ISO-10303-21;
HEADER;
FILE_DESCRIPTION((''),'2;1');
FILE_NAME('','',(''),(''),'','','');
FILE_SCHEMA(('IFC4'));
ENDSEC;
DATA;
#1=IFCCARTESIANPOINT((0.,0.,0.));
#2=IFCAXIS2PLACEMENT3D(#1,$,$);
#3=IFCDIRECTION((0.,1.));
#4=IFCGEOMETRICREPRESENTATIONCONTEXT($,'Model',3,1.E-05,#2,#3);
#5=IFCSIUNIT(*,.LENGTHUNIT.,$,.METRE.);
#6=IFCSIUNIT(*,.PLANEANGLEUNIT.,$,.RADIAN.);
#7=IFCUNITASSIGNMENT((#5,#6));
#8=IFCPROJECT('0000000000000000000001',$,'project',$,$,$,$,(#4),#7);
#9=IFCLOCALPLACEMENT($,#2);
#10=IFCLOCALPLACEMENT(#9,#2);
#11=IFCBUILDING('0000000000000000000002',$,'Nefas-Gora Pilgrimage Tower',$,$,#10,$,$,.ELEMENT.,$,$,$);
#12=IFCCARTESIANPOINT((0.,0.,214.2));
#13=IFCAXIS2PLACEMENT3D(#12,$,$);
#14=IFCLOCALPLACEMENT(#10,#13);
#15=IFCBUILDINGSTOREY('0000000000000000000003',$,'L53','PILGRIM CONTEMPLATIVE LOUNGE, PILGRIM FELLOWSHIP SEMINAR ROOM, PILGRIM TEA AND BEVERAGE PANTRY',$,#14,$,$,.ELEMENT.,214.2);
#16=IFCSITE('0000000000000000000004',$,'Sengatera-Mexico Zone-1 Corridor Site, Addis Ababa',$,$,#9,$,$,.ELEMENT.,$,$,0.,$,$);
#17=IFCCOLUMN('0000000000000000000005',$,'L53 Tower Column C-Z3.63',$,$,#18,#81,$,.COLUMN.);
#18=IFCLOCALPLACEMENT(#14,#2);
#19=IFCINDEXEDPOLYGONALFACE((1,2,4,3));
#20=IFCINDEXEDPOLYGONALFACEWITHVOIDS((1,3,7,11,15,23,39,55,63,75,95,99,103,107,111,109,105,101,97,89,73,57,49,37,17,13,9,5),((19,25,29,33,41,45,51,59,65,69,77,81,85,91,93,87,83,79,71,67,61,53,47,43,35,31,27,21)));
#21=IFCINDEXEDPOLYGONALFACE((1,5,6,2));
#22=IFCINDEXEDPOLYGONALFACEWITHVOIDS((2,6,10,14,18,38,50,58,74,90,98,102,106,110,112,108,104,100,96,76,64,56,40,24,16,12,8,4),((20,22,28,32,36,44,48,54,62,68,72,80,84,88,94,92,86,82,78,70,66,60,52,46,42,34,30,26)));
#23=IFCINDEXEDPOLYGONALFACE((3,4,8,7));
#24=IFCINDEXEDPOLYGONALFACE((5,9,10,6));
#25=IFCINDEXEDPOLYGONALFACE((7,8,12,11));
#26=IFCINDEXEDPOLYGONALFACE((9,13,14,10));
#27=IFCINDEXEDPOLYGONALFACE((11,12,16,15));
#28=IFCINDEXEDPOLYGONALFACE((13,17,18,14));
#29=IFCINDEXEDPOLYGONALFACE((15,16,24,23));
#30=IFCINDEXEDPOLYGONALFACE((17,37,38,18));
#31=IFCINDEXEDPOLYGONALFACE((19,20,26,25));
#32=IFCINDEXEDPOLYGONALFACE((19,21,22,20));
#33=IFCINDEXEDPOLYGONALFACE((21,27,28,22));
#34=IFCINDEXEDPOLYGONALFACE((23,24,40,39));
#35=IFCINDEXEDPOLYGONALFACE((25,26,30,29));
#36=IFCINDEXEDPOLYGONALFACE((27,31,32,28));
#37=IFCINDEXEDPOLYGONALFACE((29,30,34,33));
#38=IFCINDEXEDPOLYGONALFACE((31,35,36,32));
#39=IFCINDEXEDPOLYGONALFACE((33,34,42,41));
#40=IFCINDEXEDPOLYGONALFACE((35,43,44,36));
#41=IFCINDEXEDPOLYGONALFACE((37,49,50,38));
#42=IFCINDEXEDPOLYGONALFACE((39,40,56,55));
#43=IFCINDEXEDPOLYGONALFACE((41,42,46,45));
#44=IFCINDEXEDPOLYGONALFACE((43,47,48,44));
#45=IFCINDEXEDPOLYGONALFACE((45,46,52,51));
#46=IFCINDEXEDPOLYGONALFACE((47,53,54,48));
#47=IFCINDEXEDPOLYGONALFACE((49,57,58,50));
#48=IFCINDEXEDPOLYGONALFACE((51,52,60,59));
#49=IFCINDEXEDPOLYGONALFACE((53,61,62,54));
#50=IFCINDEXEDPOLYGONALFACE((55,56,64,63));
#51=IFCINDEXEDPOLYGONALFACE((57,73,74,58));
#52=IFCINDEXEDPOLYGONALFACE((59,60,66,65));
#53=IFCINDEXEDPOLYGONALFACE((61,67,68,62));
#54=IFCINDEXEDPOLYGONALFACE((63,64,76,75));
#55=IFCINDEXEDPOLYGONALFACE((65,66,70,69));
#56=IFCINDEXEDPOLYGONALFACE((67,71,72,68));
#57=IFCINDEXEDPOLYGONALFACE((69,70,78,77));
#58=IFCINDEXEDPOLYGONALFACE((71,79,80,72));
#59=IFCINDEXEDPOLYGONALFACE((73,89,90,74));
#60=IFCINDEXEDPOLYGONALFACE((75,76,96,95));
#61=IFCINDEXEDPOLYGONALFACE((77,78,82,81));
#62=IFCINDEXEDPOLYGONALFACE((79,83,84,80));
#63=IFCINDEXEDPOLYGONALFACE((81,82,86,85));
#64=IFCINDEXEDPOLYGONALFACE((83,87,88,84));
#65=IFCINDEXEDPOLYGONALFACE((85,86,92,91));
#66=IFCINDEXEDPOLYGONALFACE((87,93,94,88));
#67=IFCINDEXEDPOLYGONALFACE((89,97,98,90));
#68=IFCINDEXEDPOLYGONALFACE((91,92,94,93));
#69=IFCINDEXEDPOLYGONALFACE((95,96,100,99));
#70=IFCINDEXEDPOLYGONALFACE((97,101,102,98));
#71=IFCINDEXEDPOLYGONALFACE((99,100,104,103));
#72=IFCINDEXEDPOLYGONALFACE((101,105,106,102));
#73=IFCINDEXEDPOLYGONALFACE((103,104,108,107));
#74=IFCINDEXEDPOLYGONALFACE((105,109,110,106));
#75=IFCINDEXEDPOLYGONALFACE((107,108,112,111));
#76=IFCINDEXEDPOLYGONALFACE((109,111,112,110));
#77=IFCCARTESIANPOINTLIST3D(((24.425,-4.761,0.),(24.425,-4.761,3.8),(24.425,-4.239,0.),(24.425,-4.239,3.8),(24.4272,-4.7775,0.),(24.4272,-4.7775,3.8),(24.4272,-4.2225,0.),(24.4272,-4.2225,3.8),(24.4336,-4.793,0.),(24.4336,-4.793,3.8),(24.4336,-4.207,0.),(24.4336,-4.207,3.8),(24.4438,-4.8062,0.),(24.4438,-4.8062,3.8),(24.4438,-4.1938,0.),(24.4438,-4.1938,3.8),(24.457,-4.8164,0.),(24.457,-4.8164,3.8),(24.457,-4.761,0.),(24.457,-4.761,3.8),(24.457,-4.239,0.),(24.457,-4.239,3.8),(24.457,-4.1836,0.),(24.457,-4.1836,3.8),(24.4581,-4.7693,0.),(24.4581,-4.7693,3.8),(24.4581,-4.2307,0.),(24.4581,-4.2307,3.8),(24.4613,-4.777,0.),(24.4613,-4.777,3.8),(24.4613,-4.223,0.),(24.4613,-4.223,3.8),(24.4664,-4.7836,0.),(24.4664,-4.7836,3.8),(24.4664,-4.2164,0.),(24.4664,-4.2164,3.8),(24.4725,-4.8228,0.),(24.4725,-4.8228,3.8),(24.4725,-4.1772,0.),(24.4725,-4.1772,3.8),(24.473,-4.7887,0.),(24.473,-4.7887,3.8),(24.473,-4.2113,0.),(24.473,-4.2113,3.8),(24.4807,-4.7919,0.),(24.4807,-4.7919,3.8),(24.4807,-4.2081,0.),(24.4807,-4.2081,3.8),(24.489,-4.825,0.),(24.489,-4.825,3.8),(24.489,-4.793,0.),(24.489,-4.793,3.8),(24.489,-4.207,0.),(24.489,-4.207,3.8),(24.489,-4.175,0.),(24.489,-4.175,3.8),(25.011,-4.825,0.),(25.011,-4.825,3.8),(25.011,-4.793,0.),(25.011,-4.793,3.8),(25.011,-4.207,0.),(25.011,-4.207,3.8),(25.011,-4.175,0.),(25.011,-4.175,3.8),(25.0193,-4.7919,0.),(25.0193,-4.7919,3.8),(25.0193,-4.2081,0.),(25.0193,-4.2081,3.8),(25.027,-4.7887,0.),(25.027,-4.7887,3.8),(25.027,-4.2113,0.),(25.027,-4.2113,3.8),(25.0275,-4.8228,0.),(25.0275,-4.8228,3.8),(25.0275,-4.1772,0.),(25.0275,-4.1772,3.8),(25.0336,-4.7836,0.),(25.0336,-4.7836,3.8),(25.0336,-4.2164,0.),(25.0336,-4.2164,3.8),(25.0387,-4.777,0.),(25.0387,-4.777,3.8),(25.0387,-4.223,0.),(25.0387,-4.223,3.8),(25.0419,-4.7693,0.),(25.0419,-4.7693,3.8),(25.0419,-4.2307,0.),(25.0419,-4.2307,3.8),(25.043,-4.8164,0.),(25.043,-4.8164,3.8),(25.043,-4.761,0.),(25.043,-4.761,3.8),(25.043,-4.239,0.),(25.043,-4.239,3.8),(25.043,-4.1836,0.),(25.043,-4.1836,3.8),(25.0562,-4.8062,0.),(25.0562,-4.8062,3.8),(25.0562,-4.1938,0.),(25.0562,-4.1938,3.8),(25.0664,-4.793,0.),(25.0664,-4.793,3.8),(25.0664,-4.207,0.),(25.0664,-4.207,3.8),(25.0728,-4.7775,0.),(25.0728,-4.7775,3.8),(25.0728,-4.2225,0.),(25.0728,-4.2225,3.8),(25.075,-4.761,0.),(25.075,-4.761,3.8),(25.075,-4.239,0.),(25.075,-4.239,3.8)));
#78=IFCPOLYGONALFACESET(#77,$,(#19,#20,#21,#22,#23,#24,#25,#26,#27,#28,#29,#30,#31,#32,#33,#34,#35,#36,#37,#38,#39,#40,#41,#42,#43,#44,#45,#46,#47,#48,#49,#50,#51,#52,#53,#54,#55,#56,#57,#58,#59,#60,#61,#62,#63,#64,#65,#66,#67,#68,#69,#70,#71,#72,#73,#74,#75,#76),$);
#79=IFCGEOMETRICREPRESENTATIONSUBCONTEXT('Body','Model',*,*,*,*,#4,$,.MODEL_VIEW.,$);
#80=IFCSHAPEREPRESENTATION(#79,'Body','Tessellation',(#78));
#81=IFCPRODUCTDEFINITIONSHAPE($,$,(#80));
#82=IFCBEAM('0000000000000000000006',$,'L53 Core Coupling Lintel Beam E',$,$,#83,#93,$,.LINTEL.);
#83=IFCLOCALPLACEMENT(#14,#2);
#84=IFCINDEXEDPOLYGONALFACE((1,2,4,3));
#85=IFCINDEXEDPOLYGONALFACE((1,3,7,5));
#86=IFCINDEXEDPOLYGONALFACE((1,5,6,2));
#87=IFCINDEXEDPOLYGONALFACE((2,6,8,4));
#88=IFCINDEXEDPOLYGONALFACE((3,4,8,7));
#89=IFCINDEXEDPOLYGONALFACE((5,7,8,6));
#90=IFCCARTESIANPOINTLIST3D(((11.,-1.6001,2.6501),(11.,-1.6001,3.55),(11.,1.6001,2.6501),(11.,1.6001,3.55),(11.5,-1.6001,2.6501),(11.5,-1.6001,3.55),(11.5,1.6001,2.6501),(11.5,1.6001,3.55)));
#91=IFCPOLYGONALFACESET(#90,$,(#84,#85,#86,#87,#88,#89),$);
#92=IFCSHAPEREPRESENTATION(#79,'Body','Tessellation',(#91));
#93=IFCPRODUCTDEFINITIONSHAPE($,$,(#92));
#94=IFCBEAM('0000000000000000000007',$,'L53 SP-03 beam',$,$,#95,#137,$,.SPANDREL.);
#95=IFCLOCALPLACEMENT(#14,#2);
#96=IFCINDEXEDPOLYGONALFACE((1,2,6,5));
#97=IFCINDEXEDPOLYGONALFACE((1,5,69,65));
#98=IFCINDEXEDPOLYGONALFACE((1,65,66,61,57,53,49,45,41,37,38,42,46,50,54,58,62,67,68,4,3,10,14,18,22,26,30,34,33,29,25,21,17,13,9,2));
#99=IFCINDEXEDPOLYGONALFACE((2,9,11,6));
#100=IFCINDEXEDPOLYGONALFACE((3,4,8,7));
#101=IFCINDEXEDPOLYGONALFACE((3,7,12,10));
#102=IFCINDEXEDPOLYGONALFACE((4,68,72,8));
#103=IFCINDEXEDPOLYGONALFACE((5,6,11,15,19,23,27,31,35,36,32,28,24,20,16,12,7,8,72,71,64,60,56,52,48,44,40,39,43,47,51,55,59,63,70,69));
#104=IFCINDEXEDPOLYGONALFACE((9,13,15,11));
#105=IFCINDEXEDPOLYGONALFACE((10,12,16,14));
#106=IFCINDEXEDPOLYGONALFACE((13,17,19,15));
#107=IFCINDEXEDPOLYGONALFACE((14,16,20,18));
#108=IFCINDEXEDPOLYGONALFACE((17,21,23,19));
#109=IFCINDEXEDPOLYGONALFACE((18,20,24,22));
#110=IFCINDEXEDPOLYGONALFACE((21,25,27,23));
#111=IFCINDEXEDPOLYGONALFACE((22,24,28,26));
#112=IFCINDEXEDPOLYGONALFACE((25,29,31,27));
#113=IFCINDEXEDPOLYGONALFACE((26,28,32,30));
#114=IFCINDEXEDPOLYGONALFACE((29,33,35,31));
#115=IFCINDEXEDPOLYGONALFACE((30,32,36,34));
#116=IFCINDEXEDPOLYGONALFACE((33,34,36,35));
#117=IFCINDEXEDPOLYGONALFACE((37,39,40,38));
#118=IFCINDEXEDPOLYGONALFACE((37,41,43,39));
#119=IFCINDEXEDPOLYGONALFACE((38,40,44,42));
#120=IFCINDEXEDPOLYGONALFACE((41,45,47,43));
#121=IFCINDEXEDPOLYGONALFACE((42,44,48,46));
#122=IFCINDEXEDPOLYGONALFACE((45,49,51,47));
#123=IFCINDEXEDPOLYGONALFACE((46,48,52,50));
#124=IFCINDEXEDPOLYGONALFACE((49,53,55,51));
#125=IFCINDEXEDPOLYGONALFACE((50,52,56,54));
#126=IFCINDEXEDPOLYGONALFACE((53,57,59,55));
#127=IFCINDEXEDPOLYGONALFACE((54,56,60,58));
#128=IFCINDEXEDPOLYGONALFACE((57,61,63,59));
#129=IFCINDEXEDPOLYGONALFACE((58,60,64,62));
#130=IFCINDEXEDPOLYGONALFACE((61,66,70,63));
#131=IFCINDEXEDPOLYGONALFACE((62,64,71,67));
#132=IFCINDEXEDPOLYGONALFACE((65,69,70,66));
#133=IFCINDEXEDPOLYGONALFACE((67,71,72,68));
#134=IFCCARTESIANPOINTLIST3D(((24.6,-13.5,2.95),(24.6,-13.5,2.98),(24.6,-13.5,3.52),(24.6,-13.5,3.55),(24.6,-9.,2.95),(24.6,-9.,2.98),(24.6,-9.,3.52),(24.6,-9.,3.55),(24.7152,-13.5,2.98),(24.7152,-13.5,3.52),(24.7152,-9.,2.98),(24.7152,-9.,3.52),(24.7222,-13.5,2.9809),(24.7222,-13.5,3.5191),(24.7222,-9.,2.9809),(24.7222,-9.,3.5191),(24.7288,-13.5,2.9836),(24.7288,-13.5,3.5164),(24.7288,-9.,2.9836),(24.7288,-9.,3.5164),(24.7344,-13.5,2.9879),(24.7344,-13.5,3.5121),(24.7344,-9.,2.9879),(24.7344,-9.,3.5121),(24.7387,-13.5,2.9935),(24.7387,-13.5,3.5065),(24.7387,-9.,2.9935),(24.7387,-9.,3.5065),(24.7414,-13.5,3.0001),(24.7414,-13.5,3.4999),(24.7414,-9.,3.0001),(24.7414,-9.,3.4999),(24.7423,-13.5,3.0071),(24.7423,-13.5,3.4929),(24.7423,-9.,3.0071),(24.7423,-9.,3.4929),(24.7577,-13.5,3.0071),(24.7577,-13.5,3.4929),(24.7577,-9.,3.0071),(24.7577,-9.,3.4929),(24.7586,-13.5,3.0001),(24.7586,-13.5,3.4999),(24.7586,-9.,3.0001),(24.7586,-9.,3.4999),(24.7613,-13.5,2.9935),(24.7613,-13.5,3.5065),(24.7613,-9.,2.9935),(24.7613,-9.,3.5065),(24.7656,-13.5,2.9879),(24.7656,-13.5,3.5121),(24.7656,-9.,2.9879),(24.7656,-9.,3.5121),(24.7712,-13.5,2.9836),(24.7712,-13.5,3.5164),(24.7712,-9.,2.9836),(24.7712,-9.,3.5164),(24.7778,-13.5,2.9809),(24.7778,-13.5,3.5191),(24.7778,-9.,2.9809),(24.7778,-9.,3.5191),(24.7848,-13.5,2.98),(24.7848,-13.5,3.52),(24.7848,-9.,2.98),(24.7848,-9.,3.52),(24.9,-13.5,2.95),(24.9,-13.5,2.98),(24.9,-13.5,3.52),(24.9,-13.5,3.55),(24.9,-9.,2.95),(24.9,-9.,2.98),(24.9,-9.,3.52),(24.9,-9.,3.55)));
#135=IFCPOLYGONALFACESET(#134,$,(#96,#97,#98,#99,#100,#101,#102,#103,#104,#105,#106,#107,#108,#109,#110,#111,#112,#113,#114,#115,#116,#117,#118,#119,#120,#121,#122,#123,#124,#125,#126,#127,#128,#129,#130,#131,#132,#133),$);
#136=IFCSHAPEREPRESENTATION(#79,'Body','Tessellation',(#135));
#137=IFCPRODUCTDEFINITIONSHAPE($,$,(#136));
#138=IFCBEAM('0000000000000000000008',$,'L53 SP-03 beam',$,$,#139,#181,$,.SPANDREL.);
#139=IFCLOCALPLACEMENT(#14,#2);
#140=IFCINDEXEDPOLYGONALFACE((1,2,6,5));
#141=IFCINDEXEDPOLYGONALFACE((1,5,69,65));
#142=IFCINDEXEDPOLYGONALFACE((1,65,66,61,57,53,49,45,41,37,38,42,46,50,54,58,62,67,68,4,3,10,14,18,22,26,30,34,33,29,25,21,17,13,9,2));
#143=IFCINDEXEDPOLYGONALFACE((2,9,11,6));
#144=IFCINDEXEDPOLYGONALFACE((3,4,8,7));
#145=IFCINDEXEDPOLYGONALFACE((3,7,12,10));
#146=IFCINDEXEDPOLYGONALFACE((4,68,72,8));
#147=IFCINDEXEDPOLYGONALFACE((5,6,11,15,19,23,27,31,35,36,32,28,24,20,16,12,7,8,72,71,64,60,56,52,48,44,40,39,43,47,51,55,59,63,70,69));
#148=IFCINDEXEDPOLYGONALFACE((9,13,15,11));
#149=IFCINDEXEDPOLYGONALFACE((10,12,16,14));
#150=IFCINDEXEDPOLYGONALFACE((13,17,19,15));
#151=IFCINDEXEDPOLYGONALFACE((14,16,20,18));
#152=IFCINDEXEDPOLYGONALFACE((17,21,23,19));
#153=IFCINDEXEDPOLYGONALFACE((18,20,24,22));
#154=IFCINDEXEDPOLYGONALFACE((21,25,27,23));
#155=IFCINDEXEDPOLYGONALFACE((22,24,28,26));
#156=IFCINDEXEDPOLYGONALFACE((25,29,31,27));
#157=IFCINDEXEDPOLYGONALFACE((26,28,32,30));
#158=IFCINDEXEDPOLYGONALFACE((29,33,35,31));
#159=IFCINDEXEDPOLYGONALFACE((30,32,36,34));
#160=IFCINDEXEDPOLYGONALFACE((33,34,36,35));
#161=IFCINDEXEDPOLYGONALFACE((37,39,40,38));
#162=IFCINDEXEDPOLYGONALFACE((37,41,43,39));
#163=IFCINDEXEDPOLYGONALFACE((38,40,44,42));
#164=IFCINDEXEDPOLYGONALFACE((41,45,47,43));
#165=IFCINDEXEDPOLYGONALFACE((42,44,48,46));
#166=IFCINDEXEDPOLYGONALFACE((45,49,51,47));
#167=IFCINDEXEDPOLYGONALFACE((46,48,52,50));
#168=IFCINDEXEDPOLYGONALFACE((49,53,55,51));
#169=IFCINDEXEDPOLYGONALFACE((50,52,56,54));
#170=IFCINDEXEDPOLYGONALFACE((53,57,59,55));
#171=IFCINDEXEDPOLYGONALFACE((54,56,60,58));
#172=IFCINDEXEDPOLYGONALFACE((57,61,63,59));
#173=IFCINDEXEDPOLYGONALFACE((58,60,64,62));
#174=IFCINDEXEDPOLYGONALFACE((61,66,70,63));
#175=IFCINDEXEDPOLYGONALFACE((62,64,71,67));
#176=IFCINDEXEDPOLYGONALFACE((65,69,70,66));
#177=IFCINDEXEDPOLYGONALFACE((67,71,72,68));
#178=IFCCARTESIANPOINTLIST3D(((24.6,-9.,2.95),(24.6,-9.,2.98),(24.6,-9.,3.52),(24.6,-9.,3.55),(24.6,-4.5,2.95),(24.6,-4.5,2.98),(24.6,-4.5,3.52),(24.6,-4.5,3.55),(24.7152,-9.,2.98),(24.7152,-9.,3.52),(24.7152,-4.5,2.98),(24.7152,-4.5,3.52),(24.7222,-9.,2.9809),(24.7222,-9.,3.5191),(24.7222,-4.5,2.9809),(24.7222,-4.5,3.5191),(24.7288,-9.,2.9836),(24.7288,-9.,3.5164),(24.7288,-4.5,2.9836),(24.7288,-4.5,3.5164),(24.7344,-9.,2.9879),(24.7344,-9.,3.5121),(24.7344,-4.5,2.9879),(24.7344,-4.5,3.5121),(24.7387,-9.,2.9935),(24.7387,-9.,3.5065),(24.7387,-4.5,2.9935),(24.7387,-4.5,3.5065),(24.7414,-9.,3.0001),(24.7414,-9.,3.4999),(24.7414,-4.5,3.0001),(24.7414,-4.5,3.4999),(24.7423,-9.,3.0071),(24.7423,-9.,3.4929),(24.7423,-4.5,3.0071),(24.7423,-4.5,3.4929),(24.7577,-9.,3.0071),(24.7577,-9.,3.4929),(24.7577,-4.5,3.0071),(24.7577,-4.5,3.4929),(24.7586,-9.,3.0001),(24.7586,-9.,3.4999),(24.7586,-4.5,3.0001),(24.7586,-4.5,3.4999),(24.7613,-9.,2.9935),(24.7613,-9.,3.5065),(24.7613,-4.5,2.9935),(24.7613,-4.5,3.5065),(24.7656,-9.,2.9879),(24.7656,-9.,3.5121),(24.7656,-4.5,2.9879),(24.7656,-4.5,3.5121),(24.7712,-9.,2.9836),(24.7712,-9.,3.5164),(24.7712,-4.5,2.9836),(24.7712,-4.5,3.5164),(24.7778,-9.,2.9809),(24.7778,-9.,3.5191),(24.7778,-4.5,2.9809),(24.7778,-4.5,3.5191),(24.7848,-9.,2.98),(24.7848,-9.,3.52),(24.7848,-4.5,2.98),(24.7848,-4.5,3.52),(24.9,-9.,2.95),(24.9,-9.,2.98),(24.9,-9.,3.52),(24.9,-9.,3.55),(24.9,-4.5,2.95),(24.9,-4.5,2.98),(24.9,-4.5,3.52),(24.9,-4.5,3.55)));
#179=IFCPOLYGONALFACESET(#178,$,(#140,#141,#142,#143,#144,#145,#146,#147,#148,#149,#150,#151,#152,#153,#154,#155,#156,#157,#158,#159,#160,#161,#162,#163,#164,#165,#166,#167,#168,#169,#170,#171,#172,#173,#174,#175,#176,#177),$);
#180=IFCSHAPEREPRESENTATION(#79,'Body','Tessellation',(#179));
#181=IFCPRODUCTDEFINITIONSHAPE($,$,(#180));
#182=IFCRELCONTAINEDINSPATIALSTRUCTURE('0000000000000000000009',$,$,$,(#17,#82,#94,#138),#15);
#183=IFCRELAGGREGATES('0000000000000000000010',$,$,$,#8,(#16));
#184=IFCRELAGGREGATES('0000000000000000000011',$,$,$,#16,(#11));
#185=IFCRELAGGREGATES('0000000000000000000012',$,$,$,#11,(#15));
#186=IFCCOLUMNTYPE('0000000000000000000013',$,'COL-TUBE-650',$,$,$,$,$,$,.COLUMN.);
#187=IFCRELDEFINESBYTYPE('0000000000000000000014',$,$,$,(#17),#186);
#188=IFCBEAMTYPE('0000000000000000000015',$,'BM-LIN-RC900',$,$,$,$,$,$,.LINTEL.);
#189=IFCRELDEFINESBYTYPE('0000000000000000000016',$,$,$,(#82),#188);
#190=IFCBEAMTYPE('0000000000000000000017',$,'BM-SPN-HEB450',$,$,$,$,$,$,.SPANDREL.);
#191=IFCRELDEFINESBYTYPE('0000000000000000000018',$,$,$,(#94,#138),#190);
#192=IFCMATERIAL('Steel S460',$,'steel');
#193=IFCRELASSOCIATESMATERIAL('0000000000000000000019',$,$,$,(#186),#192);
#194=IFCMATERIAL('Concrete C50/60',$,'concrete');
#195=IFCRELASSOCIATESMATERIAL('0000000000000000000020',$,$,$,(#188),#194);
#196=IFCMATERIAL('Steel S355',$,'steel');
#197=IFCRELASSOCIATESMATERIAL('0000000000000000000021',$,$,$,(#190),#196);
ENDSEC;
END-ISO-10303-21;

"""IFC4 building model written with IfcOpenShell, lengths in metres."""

from ifc_helpers import new_model, si_unit, direction, frame, origin, origin_2d, place, context, subcontext, project, spatial, rectangle, hollow_rectangle, i_section, extrude, source, transform, mapped, material, material_profile, profile_set, type_object, element, save


model = new_model("IFC4")

# Units and contexts
model_context = context("Model", 3, precision=1e-05, world=origin(), true_north=direction((0.0, 1.0)))
body_context = subcontext(model_context, "Body", "Model", "MODEL_VIEW")
ifc_project = project(units=[si_unit("LENGTHUNIT", "METRE"), si_unit("PLANEANGLEUNIT", "RADIAN")], contexts=[model_context])

# Site, building, storey
site_placement = place(None, origin())
site = spatial("IfcSite", under=ifc_project, at=site_placement, Name="Sengatera-Mexico Zone-1 Corridor Site, Addis Ababa", CompositionType="ELEMENT", RefElevation=0.0)
building_placement = place(site_placement, origin())
building = spatial("IfcBuilding", under=site, at=building_placement, Name="Nefas-Gora Pilgrimage Tower", CompositionType="ELEMENT")
storey_placement = place(building_placement, frame((0.0, 0.0, 214.2)))
storey = spatial("IfcBuildingStorey", under=building, at=storey_placement, Name="L53", Description="PILGRIM CONTEMPLATIVE LOUNGE, PILGRIM FELLOWSHIP SEMINAR ROOM, PILGRIM TEA AND BEVERAGE PANTRY", CompositionType="ELEMENT", Elevation=214.2)

# Column
ifc_material_1 = material(Name="Steel S460", Category="steel")
ifc_material_profile_1 = material_profile(ifc_material_1, hollow_rectangle(XDim=0.6499, YDim=0.6499, WallThickness=0.032, InnerFilletRadius=0.032, OuterFilletRadius=0.064, at=origin_2d()), Name="BOX 650x650x32")
ifc_profile_set_1 = profile_set([ifc_material_profile_1], Name="Steel S460")
column_type_1 = type_object("IfcColumnType", Name="COL-TUBE-650", PredefinedType="COLUMN", material=ifc_profile_set_1)
shared_shape_1 = source(origin(), body_context, "Body", "SweptSolid", [
    extrude(hollow_rectangle(XDim=0.6499, YDim=0.6499, WallThickness=0.032, InnerFilletRadius=0.032, OuterFilletRadius=0.064, at=origin_2d()), origin(), (0.0, 0.0, 1.0), 3.8),
])
for number, where, z_axis, x_axis, name in (
    (1, (24.75, -4.5, 0.0), (0.0, 0.0, 1.0), (1.0, 0.0, 0.0), "L53 Tower Column C-Z3.63"),
):
    element("IfcColumn", number, at=place(storey_placement, frame(where, z_axis=z_axis, x_axis=x_axis)), inside=storey, type_object=column_type_1, Name=name, PredefinedType="COLUMN", context=body_context, shape_type="MappedRepresentation", body=[
        mapped(shared_shape_1, transform((0.0, 0.0, 0.0), x_axis=(1.0, 0.0, 0.0), y_axis=(0.0, 1.0, 0.0), z_axis=(0.0, 0.0, 1.0), scale=1.0)),
    ])

# Beams
ifc_material_2 = material(Name="Concrete C50/60", Category="concrete")
ifc_material_profile_2 = material_profile(ifc_material_2, rectangle(XDim=0.5, YDim=0.8999, at=origin_2d()), Name="RC 500x900")
ifc_profile_set_2 = profile_set([ifc_material_profile_2], Name="Concrete C50/60")
beam_type_1 = type_object("IfcBeamType", Name="BM-LIN-RC900", PredefinedType="LINTEL", material=ifc_profile_set_2)
shared_shape_2 = source(origin(), body_context, "Body", "SweptSolid", [
    extrude(rectangle(XDim=0.5, YDim=0.8999, at=origin_2d()), origin(), (0.0, 0.0, 1.0), 3.2002),
])
beam_placement = place(storey_placement, frame((11.25, -1.6001, 3.1001), z_axis=(0.0, 1.0, 0.0), x_axis=(-1.0, 0.0, 0.0)))
element("IfcBeam", 2, at=beam_placement, inside=storey, type_object=beam_type_1, Name="L53 Core Coupling Lintel Beam E", PredefinedType="LINTEL", context=body_context, shape_type="MappedRepresentation", body=[
    mapped(shared_shape_2, transform((0.0, 0.0, 0.0), x_axis=(1.0, 0.0, 0.0), y_axis=(0.0, 1.0, 0.0), z_axis=(0.0, 0.0, 1.0), scale=1.0)),
])
ifc_material_3 = material(Name="Steel S355", Category="steel")
ifc_material_profile_3 = material_profile(ifc_material_3, i_section(OverallWidth=0.3, OverallDepth=0.6001, WebThickness=0.0154, FlangeThickness=0.03, FilletRadius=0.0271, at=origin_2d()), Name="HEB 600")
ifc_profile_set_3 = profile_set([ifc_material_profile_3], Name="Steel S355")
beam_type_2 = type_object("IfcBeamType", Name="BM-SPN-HEB450", PredefinedType="SPANDREL", material=ifc_profile_set_3)
shared_shape_3 = source(origin(), body_context, "Body", "SweptSolid", [
    extrude(i_section(OverallWidth=0.3, OverallDepth=0.6001, WebThickness=0.0154, FlangeThickness=0.03, FilletRadius=0.0271, at=origin_2d()), origin(), (0.0, 0.0, 1.0), 4.5),
])
for number, where, z_axis, x_axis, name in (
    (3, (24.75, -13.5, 3.25), (0.0, 1.0, 0.0), (-1.0, 0.0, 0.0), "L53 SP-03 beam"),
    (4, (24.75, -9.0, 3.25), (0.0, 1.0, 0.0), (-1.0, 0.0, 0.0), "L53 SP-03 beam"),
):
    element("IfcBeam", number, at=place(storey_placement, frame(where, z_axis=z_axis, x_axis=x_axis)), inside=storey, type_object=beam_type_2, Name=name, PredefinedType="SPANDREL", context=body_context, shape_type="MappedRepresentation", body=[
        mapped(shared_shape_3, transform((0.0, 0.0, 0.0), x_axis=(1.0, 0.0, 0.0), y_axis=(0.0, 1.0, 0.0), z_axis=(0.0, 0.0, 1.0), scale=1.0)),
    ])

save(model, "model.ifc")
